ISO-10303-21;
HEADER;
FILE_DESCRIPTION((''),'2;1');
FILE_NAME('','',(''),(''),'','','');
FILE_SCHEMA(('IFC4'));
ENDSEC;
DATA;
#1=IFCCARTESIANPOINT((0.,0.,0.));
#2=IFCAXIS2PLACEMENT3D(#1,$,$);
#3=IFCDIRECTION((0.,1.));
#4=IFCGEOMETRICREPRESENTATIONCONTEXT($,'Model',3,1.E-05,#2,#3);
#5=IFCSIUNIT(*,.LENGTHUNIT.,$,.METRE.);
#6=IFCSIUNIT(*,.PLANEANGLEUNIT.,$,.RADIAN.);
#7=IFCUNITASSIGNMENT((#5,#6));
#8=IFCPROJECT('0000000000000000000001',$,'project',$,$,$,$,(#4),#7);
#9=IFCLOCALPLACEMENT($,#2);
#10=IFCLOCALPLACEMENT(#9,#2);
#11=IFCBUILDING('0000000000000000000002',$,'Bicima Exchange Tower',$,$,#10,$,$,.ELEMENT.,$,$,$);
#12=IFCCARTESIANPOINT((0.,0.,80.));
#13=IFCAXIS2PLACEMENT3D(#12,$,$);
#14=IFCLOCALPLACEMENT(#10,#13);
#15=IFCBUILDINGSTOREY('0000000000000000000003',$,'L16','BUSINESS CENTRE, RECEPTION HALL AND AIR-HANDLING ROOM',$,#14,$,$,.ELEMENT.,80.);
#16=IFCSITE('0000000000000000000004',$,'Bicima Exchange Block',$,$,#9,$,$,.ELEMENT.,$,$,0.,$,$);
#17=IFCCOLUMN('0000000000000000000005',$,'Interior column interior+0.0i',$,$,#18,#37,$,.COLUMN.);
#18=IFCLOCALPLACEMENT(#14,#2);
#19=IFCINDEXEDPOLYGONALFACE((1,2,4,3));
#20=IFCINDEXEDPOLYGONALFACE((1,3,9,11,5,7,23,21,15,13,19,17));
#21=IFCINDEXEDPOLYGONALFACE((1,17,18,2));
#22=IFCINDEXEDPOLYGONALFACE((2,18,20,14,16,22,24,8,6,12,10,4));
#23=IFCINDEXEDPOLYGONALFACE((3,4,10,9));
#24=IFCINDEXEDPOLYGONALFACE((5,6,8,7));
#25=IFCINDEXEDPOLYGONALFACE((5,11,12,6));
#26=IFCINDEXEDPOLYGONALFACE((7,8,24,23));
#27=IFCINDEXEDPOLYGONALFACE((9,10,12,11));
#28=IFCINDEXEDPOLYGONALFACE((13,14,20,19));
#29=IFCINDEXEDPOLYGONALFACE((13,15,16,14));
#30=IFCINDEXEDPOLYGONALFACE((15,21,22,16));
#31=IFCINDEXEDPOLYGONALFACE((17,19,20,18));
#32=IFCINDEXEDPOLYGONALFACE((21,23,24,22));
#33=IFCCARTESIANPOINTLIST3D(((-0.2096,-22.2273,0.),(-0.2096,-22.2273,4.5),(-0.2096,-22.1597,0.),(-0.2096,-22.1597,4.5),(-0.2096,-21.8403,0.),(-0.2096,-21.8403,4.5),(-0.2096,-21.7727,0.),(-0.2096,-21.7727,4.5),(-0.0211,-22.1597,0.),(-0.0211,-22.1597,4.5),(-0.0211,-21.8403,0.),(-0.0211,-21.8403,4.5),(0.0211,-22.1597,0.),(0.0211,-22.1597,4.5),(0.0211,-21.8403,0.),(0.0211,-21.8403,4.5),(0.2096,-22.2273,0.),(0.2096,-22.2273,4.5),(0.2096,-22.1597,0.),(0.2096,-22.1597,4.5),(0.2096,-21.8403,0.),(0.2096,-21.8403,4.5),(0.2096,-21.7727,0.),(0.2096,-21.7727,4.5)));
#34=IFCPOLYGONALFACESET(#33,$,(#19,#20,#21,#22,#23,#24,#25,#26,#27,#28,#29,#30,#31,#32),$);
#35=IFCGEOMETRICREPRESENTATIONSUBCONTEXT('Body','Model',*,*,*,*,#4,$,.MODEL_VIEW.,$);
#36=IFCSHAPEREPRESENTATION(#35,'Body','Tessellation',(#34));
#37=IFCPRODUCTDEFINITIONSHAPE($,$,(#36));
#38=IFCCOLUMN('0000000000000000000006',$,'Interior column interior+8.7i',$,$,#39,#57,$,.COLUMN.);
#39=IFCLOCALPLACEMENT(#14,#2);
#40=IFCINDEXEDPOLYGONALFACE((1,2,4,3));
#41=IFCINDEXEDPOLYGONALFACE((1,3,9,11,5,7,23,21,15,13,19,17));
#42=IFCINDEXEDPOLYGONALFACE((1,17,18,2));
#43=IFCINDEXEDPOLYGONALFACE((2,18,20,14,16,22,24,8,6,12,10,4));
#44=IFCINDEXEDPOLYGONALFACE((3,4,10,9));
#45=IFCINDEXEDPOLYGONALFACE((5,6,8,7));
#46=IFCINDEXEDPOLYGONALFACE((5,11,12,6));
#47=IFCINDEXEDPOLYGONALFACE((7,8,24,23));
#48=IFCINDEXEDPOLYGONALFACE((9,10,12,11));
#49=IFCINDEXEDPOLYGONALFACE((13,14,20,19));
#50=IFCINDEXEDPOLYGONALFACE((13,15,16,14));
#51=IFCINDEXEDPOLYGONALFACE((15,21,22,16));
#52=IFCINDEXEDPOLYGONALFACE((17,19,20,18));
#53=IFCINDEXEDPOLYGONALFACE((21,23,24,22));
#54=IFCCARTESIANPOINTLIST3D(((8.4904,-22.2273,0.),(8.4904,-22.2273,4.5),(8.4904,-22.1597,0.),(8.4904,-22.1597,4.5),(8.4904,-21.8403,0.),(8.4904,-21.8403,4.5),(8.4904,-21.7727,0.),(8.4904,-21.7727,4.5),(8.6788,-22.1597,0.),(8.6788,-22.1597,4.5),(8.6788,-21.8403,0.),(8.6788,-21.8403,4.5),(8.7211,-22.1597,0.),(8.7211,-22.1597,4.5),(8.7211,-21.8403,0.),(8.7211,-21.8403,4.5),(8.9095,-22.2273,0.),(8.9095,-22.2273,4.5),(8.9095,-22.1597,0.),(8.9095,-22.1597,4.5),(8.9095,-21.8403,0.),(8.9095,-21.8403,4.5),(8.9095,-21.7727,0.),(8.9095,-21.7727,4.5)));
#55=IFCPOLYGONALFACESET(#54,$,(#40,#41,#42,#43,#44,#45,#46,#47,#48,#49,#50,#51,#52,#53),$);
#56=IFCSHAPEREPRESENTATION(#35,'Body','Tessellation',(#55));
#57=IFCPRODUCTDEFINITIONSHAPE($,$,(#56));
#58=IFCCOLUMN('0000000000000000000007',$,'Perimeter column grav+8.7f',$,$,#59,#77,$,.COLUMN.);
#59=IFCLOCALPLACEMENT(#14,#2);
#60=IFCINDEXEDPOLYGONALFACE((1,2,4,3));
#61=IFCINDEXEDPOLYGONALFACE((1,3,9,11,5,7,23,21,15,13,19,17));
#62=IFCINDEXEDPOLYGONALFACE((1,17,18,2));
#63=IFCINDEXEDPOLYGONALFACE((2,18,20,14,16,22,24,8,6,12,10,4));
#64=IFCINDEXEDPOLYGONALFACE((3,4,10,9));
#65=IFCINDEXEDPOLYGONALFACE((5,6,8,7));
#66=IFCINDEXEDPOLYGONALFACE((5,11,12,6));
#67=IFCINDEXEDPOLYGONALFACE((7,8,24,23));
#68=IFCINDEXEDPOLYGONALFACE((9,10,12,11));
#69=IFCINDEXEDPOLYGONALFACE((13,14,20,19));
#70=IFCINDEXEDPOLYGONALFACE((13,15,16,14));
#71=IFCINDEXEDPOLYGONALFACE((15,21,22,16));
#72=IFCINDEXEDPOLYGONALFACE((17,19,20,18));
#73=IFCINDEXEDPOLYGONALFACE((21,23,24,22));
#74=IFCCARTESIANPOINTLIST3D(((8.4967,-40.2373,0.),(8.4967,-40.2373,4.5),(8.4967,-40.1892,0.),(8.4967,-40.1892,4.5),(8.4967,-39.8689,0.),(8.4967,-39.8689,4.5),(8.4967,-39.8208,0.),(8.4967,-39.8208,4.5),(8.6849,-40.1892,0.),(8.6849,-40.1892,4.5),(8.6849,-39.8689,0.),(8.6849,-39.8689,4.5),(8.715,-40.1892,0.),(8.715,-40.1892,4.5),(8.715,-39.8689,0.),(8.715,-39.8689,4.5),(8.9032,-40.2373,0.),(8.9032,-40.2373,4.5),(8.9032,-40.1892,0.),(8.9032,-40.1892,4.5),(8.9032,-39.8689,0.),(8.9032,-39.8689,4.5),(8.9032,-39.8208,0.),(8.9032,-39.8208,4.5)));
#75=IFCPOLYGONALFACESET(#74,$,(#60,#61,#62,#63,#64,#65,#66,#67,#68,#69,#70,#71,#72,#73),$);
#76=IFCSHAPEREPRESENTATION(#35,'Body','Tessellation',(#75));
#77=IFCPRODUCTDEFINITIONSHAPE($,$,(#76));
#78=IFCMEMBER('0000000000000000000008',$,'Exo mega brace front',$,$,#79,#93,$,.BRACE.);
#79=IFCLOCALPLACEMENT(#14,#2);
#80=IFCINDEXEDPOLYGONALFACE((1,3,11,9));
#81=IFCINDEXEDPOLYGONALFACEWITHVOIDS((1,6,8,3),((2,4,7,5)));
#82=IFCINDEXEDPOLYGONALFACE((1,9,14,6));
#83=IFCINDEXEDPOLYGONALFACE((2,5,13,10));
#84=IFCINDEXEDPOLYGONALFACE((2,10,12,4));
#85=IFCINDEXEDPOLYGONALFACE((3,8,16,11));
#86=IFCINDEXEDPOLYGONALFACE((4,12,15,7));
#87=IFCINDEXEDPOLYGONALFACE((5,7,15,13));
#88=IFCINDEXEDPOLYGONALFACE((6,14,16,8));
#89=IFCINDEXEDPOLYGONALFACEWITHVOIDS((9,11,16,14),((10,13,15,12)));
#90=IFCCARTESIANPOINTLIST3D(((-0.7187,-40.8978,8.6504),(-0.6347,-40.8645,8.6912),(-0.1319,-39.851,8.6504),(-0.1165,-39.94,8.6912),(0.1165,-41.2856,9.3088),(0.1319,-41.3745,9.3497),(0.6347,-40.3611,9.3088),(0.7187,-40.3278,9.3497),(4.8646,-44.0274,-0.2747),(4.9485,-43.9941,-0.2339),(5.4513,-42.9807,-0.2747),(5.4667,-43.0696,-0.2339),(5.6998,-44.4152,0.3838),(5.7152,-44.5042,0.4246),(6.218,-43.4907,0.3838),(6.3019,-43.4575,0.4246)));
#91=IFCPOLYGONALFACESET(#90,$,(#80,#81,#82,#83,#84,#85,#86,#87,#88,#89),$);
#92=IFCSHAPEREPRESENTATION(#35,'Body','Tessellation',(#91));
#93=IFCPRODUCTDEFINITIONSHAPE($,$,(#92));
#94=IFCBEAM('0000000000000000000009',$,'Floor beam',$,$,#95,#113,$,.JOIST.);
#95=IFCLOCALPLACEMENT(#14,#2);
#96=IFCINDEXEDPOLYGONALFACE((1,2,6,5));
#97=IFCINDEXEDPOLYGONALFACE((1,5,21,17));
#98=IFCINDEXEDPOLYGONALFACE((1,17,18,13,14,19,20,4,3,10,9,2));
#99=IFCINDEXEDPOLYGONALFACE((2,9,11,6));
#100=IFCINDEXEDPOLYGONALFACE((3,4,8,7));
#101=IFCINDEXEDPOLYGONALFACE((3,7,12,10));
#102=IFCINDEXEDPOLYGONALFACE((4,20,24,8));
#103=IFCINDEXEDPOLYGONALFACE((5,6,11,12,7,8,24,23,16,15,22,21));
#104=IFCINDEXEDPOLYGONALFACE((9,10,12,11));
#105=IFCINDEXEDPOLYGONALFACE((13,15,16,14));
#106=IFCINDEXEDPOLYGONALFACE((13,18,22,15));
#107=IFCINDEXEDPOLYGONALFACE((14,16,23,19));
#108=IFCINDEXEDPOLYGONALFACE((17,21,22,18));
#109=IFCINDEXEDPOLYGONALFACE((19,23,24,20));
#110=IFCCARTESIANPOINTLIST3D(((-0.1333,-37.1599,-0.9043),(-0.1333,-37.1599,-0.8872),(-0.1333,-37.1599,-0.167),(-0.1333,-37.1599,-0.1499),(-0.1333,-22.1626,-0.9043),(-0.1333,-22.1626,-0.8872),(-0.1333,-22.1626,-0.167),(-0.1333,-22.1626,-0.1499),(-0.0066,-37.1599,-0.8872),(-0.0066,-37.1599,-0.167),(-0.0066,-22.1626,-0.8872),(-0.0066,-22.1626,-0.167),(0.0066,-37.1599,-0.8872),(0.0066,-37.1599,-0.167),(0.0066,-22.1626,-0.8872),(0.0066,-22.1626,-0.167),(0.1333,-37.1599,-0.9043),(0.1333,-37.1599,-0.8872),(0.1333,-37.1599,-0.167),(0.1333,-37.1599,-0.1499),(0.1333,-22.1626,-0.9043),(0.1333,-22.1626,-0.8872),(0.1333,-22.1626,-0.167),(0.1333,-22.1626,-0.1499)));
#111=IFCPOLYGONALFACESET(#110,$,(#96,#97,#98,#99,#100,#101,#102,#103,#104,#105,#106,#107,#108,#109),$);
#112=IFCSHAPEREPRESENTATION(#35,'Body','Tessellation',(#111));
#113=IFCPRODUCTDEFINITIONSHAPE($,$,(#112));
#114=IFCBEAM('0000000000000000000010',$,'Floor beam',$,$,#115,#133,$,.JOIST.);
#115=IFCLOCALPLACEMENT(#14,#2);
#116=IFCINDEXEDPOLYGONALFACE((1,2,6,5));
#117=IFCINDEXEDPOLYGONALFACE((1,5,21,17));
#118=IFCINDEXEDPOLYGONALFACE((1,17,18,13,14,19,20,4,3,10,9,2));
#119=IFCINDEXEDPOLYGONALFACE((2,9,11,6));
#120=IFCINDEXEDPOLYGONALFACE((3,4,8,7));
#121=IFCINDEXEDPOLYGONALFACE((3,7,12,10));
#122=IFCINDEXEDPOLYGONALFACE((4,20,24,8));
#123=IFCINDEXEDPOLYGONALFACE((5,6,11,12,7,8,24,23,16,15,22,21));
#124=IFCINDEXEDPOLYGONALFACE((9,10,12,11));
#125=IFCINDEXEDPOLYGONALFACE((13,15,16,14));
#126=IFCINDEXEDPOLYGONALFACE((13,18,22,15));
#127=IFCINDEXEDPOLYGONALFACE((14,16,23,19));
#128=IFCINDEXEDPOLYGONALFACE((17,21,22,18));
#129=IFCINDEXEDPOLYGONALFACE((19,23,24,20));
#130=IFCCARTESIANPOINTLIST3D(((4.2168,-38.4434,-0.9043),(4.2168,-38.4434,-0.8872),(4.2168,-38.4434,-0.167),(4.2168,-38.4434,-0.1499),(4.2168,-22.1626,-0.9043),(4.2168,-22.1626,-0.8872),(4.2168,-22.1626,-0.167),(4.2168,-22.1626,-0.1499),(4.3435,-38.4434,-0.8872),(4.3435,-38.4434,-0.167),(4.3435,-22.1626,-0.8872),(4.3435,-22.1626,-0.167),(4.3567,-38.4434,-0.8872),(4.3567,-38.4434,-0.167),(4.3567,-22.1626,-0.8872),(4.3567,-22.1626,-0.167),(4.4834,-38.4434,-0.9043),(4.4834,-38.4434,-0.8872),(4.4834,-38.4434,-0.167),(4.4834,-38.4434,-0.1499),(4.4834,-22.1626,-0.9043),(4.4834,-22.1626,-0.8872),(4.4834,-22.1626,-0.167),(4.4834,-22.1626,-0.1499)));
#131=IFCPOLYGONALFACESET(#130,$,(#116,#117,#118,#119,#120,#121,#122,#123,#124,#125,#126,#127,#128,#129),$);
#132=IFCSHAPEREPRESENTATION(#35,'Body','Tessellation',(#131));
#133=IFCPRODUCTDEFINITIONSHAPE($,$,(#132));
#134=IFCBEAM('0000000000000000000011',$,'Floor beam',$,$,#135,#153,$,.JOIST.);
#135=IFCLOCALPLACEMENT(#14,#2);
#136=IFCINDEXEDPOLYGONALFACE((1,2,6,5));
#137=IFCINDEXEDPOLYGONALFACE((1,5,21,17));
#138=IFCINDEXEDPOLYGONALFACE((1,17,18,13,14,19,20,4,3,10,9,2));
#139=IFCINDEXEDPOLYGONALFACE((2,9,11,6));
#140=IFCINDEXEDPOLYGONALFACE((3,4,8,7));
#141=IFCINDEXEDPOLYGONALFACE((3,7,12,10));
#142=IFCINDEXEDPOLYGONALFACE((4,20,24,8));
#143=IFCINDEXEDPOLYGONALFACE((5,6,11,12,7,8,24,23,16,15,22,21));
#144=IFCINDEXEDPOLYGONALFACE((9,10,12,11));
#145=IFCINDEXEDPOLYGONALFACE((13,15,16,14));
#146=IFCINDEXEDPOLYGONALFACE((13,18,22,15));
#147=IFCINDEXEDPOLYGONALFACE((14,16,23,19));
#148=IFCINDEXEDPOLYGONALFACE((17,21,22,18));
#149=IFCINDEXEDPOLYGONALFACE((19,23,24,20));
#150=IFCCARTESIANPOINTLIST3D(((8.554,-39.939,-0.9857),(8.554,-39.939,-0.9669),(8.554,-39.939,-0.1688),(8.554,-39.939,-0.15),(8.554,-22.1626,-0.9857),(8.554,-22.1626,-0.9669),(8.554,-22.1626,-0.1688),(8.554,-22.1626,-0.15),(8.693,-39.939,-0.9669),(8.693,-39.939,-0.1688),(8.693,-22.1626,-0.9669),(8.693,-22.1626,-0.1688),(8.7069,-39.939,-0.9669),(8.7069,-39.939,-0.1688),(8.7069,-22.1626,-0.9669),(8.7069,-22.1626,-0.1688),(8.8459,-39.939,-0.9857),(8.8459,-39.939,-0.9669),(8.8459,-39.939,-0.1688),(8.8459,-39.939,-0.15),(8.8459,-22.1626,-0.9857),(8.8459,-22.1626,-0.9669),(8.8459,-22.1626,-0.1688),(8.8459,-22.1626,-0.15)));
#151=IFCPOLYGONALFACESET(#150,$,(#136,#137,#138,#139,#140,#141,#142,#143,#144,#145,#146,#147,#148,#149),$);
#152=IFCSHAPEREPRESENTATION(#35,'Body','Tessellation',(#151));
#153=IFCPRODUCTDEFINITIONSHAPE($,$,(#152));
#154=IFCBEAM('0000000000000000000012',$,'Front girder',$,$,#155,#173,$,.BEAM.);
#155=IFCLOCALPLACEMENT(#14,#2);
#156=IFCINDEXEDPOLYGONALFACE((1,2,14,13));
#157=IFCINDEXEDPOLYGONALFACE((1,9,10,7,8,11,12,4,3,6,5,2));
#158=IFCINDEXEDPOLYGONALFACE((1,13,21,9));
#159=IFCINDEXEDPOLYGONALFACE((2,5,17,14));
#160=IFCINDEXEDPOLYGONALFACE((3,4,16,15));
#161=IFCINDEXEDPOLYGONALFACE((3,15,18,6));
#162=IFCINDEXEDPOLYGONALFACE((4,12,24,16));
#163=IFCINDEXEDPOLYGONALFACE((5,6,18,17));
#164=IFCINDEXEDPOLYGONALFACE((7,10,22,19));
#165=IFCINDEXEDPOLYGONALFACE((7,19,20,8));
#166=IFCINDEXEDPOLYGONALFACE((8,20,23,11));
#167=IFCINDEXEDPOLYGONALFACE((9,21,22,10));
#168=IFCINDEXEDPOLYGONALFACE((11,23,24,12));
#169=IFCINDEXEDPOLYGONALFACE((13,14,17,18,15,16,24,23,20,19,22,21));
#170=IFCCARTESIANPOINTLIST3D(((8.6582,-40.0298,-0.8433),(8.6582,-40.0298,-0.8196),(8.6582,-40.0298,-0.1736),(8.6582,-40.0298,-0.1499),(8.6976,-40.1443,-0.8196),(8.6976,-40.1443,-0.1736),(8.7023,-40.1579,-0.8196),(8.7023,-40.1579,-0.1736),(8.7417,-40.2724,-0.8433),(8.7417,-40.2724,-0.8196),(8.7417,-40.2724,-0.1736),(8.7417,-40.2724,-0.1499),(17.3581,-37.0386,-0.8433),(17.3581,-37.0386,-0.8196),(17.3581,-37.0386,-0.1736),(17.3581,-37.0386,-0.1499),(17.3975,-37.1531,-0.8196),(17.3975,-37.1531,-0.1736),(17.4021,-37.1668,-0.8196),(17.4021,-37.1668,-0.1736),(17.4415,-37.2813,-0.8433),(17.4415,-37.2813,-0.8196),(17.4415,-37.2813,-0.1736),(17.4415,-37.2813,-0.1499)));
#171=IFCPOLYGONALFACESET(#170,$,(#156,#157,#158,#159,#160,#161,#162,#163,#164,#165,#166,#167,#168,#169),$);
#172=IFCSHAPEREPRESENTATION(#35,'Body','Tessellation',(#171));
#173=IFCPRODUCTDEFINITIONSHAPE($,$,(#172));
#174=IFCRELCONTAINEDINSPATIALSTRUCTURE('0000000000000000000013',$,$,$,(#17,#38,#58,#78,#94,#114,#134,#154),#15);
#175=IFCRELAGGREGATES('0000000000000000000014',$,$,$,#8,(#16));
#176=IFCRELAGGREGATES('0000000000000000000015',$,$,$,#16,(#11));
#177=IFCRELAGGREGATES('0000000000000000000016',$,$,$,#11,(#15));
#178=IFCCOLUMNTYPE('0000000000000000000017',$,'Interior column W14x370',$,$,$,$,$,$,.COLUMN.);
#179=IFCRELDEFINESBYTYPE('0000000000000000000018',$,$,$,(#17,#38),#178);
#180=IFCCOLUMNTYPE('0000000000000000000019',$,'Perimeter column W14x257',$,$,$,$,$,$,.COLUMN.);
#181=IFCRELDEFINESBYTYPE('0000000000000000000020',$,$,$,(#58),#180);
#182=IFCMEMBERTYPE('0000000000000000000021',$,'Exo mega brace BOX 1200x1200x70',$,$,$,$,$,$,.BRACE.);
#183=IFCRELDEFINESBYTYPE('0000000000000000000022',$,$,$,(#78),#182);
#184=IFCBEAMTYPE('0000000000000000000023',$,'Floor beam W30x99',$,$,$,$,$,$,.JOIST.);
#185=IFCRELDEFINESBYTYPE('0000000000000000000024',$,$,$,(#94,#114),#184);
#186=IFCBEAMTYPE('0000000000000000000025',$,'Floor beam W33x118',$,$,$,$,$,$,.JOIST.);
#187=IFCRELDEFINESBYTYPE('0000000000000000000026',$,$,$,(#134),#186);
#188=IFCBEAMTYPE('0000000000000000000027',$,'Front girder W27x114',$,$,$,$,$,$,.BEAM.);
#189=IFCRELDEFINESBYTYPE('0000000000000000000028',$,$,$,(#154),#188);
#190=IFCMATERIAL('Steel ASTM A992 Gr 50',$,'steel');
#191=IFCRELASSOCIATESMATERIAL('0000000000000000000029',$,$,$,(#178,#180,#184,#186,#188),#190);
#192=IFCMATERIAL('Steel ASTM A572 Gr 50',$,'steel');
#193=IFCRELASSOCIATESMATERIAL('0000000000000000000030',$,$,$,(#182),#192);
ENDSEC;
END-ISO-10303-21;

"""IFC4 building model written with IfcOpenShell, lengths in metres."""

from ifc_helpers import new_model, si_unit, direction, frame, origin, origin_2d, place, context, subcontext, project, spatial, hollow_rectangle, i_section, extrude, material, material_profile, profile_set, type_object, element, save


model = new_model("IFC4")

# Units and contexts
model_context = context("Model", 3, precision=1e-05, world=origin(), true_north=direction((0.0, 1.0)))
body_context = subcontext(model_context, "Body", "Model", "MODEL_VIEW")
ifc_project = project(units=[si_unit("LENGTHUNIT", "METRE"), si_unit("PLANEANGLEUNIT", "RADIAN")], contexts=[model_context])

# Site, building, storey
site_placement = place(None, origin())
site = spatial("IfcSite", under=ifc_project, at=site_placement, Name="Bicima Exchange Block", CompositionType="ELEMENT", RefElevation=0.0)
building_placement = place(site_placement, origin())
building = spatial("IfcBuilding", under=site, at=building_placement, Name="Bicima Exchange Tower", CompositionType="ELEMENT")
storey_placement = place(building_placement, frame((0.0, 0.0, 80.0)))
storey = spatial("IfcBuildingStorey", under=building, at=storey_placement, Name="L16", Description="BUSINESS CENTRE, RECEPTION HALL AND AIR-HANDLING ROOM", CompositionType="ELEMENT", Elevation=80.0)

# Columns
ifc_material_1 = material(Name="Steel ASTM A992 Gr 50", Category="steel")
ifc_material_profile_1 = material_profile(ifc_material_1, i_section(OverallWidth=0.4192, OverallDepth=0.4546, WebThickness=0.0422, FlangeThickness=0.0676, at=origin_2d()))
ifc_profile_set_1 = profile_set([ifc_material_profile_1], Name="Steel ASTM A992 Gr 50")
column_type_1 = type_object("IfcColumnType", Name="Interior column W14x370", PredefinedType="COLUMN", material=ifc_profile_set_1)
for number, where, z_axis, x_axis, name in (
    (1, (0.0, -22.0, 0.0), (0.0, 0.0, 1.0), (1.0, 0.0, 0.0), "Interior column interior+0.0i"),
    (2, (8.7, -22.0, 0.0), (0.0, 0.0, 1.0), (1.0, 0.0, 0.0), "Interior column interior+8.7i"),
):
    element("IfcColumn", number, at=place(storey_placement, frame(where, z_axis=z_axis, x_axis=x_axis)), inside=storey, type_object=column_type_1, Name=name, PredefinedType="COLUMN", context=body_context, shape_type="SweptSolid", body=[
        extrude(i_section(OverallWidth=0.4192, OverallDepth=0.4546, WebThickness=0.0422, FlangeThickness=0.0676, at=origin_2d()), origin(), (0.0, 0.0, 1.0), 4.5),
    ])
ifc_material_profile_2 = material_profile(ifc_material_1, i_section(OverallWidth=0.4065, OverallDepth=0.4165, WebThickness=0.03, FlangeThickness=0.0481, at=origin_2d()))
ifc_profile_set_2 = profile_set([ifc_material_profile_2], Name="Steel ASTM A992 Gr 50")
column_type_2 = type_object("IfcColumnType", Name="Perimeter column W14x257", PredefinedType="COLUMN", material=ifc_profile_set_2)
column_placement = place(storey_placement, frame((8.7, -40.0291, 0.0), z_axis=(0.0, 0.0, 1.0), x_axis=(1.0, 0.0, 0.0)))
element("IfcColumn", 3, at=column_placement, inside=storey, type_object=column_type_2, Name="Perimeter column grav+8.7f", PredefinedType="COLUMN", context=body_context, shape_type="SweptSolid", body=[
    extrude(i_section(OverallWidth=0.4065, OverallDepth=0.4165, WebThickness=0.03, FlangeThickness=0.0481, at=origin_2d()), origin(), (0.0, 0.0, 1.0), 4.5),
])

# Member
ifc_material_2 = material(Name="Steel ASTM A572 Gr 50", Category="steel")
ifc_material_profile_3 = material_profile(ifc_material_2, hollow_rectangle(XDim=1.2, YDim=1.2, WallThickness=0.0701, at=origin_2d()))
ifc_profile_set_3 = profile_set([ifc_material_profile_3], Name="Steel ASTM A572 Gr 50")
member_type_1 = type_object("IfcMemberType", Name="Exo mega brace BOX 1200x1200x70", PredefinedType="BRACE", material=ifc_profile_set_3)
member_1_placement = place(storey_placement, frame((5.5833, -43.7424, 0.075), z_axis=(-0.508359, 0.284956, 0.812632), x_axis=(-0.488962, -0.872305, 0.0)))
element("IfcMember", 4, at=member_1_placement, inside=storey, type_object=member_type_1, Name="Exo mega brace front", PredefinedType="BRACE", context=body_context, shape_type="SweptSolid", body=[
    extrude(hollow_rectangle(XDim=1.2, YDim=1.2, WallThickness=0.0701, at=origin_2d()), origin(), (0.0, 0.0, 1.0), 10.9829),
])

# Beams
ifc_material_profile_4 = material_profile(ifc_material_1, i_section(OverallWidth=0.2666, OverallDepth=0.7544, WebThickness=0.0132, FlangeThickness=0.0171, at=origin_2d()))
ifc_profile_set_4 = profile_set([ifc_material_profile_4], Name="Steel ASTM A992 Gr 50")
beam_type_1 = type_object("IfcBeamType", Name="Floor beam W30x99", PredefinedType="JOIST", material=ifc_profile_set_4)
beam_1_placement = place(storey_placement, frame((0.0, -22.1626, -0.5271), z_axis=(0.0, -1.0, 0.0), x_axis=(1.0, 0.0, 0.0)))
element("IfcBeam", 5, at=beam_1_placement, inside=storey, type_object=beam_type_1, Name="Floor beam", PredefinedType="JOIST", context=body_context, shape_type="SweptSolid", body=[
    extrude(i_section(OverallWidth=0.2666, OverallDepth=0.7544, WebThickness=0.0132, FlangeThickness=0.0171, at=origin_2d()), origin(), (0.0, 0.0, 1.0), 14.9973),
])
beam_2_placement = place(storey_placement, frame((4.3501, -22.1626, -0.5271), z_axis=(0.0, -1.0, 0.0), x_axis=(1.0, 0.0, 0.0)))
element("IfcBeam", 6, at=beam_2_placement, inside=storey, type_object=beam_type_1, Name="Floor beam", PredefinedType="JOIST", context=body_context, shape_type="SweptSolid", body=[
    extrude(i_section(OverallWidth=0.2666, OverallDepth=0.7544, WebThickness=0.0132, FlangeThickness=0.0171, at=origin_2d()), origin(), (0.0, 0.0, 1.0), 16.2808),
])
ifc_material_profile_5 = material_profile(ifc_material_1, i_section(OverallWidth=0.292, OverallDepth=0.8357, WebThickness=0.0139, FlangeThickness=0.0188, at=origin_2d()))
ifc_profile_set_5 = profile_set([ifc_material_profile_5], Name="Steel ASTM A992 Gr 50")
beam_type_2 = type_object("IfcBeamType", Name="Floor beam W33x118", PredefinedType="JOIST", material=ifc_profile_set_5)
beam_3_placement = place(storey_placement, frame((8.7, -22.1626, -0.5679), z_axis=(0.0, -1.0, 0.0), x_axis=(1.0, 0.0, 0.0)))
element("IfcBeam", 7, at=beam_3_placement, inside=storey, type_object=beam_type_2, Name="Floor beam", PredefinedType="JOIST", context=body_context, shape_type="SweptSolid", body=[
    extrude(i_section(OverallWidth=0.292, OverallDepth=0.8357, WebThickness=0.0139, FlangeThickness=0.0188, at=origin_2d()), origin(), (0.0, 0.0, 1.0), 17.7764),
])
ifc_material_profile_6 = material_profile(ifc_material_1, i_section(OverallWidth=0.2566, OverallDepth=0.6934, WebThickness=0.0144, FlangeThickness=0.0237, at=origin_2d()))
ifc_profile_set_6 = profile_set([ifc_material_profile_6], Name="Steel ASTM A992 Gr 50")
beam_type_3 = type_object("IfcBeamType", Name="Front girder W27x114", PredefinedType="BEAM", material=ifc_profile_set_6)
beam_4_placement = place(storey_placement, frame((8.7, -40.1511, -0.4966), z_axis=(0.945666, 0.325138, 0.0), x_axis=(-0.325138, 0.945666, 0.0)))
element("IfcBeam", 8, at=beam_4_placement, inside=storey, type_object=beam_type_3, Name="Front girder", PredefinedType="BEAM", context=body_context, shape_type="SweptSolid", body=[
    extrude(i_section(OverallWidth=0.2566, OverallDepth=0.6934, WebThickness=0.0144, FlangeThickness=0.0237, at=origin_2d()), origin(), (0.0, 0.0, 1.0), 9.1997),
])

save(model, "model.ifc")
